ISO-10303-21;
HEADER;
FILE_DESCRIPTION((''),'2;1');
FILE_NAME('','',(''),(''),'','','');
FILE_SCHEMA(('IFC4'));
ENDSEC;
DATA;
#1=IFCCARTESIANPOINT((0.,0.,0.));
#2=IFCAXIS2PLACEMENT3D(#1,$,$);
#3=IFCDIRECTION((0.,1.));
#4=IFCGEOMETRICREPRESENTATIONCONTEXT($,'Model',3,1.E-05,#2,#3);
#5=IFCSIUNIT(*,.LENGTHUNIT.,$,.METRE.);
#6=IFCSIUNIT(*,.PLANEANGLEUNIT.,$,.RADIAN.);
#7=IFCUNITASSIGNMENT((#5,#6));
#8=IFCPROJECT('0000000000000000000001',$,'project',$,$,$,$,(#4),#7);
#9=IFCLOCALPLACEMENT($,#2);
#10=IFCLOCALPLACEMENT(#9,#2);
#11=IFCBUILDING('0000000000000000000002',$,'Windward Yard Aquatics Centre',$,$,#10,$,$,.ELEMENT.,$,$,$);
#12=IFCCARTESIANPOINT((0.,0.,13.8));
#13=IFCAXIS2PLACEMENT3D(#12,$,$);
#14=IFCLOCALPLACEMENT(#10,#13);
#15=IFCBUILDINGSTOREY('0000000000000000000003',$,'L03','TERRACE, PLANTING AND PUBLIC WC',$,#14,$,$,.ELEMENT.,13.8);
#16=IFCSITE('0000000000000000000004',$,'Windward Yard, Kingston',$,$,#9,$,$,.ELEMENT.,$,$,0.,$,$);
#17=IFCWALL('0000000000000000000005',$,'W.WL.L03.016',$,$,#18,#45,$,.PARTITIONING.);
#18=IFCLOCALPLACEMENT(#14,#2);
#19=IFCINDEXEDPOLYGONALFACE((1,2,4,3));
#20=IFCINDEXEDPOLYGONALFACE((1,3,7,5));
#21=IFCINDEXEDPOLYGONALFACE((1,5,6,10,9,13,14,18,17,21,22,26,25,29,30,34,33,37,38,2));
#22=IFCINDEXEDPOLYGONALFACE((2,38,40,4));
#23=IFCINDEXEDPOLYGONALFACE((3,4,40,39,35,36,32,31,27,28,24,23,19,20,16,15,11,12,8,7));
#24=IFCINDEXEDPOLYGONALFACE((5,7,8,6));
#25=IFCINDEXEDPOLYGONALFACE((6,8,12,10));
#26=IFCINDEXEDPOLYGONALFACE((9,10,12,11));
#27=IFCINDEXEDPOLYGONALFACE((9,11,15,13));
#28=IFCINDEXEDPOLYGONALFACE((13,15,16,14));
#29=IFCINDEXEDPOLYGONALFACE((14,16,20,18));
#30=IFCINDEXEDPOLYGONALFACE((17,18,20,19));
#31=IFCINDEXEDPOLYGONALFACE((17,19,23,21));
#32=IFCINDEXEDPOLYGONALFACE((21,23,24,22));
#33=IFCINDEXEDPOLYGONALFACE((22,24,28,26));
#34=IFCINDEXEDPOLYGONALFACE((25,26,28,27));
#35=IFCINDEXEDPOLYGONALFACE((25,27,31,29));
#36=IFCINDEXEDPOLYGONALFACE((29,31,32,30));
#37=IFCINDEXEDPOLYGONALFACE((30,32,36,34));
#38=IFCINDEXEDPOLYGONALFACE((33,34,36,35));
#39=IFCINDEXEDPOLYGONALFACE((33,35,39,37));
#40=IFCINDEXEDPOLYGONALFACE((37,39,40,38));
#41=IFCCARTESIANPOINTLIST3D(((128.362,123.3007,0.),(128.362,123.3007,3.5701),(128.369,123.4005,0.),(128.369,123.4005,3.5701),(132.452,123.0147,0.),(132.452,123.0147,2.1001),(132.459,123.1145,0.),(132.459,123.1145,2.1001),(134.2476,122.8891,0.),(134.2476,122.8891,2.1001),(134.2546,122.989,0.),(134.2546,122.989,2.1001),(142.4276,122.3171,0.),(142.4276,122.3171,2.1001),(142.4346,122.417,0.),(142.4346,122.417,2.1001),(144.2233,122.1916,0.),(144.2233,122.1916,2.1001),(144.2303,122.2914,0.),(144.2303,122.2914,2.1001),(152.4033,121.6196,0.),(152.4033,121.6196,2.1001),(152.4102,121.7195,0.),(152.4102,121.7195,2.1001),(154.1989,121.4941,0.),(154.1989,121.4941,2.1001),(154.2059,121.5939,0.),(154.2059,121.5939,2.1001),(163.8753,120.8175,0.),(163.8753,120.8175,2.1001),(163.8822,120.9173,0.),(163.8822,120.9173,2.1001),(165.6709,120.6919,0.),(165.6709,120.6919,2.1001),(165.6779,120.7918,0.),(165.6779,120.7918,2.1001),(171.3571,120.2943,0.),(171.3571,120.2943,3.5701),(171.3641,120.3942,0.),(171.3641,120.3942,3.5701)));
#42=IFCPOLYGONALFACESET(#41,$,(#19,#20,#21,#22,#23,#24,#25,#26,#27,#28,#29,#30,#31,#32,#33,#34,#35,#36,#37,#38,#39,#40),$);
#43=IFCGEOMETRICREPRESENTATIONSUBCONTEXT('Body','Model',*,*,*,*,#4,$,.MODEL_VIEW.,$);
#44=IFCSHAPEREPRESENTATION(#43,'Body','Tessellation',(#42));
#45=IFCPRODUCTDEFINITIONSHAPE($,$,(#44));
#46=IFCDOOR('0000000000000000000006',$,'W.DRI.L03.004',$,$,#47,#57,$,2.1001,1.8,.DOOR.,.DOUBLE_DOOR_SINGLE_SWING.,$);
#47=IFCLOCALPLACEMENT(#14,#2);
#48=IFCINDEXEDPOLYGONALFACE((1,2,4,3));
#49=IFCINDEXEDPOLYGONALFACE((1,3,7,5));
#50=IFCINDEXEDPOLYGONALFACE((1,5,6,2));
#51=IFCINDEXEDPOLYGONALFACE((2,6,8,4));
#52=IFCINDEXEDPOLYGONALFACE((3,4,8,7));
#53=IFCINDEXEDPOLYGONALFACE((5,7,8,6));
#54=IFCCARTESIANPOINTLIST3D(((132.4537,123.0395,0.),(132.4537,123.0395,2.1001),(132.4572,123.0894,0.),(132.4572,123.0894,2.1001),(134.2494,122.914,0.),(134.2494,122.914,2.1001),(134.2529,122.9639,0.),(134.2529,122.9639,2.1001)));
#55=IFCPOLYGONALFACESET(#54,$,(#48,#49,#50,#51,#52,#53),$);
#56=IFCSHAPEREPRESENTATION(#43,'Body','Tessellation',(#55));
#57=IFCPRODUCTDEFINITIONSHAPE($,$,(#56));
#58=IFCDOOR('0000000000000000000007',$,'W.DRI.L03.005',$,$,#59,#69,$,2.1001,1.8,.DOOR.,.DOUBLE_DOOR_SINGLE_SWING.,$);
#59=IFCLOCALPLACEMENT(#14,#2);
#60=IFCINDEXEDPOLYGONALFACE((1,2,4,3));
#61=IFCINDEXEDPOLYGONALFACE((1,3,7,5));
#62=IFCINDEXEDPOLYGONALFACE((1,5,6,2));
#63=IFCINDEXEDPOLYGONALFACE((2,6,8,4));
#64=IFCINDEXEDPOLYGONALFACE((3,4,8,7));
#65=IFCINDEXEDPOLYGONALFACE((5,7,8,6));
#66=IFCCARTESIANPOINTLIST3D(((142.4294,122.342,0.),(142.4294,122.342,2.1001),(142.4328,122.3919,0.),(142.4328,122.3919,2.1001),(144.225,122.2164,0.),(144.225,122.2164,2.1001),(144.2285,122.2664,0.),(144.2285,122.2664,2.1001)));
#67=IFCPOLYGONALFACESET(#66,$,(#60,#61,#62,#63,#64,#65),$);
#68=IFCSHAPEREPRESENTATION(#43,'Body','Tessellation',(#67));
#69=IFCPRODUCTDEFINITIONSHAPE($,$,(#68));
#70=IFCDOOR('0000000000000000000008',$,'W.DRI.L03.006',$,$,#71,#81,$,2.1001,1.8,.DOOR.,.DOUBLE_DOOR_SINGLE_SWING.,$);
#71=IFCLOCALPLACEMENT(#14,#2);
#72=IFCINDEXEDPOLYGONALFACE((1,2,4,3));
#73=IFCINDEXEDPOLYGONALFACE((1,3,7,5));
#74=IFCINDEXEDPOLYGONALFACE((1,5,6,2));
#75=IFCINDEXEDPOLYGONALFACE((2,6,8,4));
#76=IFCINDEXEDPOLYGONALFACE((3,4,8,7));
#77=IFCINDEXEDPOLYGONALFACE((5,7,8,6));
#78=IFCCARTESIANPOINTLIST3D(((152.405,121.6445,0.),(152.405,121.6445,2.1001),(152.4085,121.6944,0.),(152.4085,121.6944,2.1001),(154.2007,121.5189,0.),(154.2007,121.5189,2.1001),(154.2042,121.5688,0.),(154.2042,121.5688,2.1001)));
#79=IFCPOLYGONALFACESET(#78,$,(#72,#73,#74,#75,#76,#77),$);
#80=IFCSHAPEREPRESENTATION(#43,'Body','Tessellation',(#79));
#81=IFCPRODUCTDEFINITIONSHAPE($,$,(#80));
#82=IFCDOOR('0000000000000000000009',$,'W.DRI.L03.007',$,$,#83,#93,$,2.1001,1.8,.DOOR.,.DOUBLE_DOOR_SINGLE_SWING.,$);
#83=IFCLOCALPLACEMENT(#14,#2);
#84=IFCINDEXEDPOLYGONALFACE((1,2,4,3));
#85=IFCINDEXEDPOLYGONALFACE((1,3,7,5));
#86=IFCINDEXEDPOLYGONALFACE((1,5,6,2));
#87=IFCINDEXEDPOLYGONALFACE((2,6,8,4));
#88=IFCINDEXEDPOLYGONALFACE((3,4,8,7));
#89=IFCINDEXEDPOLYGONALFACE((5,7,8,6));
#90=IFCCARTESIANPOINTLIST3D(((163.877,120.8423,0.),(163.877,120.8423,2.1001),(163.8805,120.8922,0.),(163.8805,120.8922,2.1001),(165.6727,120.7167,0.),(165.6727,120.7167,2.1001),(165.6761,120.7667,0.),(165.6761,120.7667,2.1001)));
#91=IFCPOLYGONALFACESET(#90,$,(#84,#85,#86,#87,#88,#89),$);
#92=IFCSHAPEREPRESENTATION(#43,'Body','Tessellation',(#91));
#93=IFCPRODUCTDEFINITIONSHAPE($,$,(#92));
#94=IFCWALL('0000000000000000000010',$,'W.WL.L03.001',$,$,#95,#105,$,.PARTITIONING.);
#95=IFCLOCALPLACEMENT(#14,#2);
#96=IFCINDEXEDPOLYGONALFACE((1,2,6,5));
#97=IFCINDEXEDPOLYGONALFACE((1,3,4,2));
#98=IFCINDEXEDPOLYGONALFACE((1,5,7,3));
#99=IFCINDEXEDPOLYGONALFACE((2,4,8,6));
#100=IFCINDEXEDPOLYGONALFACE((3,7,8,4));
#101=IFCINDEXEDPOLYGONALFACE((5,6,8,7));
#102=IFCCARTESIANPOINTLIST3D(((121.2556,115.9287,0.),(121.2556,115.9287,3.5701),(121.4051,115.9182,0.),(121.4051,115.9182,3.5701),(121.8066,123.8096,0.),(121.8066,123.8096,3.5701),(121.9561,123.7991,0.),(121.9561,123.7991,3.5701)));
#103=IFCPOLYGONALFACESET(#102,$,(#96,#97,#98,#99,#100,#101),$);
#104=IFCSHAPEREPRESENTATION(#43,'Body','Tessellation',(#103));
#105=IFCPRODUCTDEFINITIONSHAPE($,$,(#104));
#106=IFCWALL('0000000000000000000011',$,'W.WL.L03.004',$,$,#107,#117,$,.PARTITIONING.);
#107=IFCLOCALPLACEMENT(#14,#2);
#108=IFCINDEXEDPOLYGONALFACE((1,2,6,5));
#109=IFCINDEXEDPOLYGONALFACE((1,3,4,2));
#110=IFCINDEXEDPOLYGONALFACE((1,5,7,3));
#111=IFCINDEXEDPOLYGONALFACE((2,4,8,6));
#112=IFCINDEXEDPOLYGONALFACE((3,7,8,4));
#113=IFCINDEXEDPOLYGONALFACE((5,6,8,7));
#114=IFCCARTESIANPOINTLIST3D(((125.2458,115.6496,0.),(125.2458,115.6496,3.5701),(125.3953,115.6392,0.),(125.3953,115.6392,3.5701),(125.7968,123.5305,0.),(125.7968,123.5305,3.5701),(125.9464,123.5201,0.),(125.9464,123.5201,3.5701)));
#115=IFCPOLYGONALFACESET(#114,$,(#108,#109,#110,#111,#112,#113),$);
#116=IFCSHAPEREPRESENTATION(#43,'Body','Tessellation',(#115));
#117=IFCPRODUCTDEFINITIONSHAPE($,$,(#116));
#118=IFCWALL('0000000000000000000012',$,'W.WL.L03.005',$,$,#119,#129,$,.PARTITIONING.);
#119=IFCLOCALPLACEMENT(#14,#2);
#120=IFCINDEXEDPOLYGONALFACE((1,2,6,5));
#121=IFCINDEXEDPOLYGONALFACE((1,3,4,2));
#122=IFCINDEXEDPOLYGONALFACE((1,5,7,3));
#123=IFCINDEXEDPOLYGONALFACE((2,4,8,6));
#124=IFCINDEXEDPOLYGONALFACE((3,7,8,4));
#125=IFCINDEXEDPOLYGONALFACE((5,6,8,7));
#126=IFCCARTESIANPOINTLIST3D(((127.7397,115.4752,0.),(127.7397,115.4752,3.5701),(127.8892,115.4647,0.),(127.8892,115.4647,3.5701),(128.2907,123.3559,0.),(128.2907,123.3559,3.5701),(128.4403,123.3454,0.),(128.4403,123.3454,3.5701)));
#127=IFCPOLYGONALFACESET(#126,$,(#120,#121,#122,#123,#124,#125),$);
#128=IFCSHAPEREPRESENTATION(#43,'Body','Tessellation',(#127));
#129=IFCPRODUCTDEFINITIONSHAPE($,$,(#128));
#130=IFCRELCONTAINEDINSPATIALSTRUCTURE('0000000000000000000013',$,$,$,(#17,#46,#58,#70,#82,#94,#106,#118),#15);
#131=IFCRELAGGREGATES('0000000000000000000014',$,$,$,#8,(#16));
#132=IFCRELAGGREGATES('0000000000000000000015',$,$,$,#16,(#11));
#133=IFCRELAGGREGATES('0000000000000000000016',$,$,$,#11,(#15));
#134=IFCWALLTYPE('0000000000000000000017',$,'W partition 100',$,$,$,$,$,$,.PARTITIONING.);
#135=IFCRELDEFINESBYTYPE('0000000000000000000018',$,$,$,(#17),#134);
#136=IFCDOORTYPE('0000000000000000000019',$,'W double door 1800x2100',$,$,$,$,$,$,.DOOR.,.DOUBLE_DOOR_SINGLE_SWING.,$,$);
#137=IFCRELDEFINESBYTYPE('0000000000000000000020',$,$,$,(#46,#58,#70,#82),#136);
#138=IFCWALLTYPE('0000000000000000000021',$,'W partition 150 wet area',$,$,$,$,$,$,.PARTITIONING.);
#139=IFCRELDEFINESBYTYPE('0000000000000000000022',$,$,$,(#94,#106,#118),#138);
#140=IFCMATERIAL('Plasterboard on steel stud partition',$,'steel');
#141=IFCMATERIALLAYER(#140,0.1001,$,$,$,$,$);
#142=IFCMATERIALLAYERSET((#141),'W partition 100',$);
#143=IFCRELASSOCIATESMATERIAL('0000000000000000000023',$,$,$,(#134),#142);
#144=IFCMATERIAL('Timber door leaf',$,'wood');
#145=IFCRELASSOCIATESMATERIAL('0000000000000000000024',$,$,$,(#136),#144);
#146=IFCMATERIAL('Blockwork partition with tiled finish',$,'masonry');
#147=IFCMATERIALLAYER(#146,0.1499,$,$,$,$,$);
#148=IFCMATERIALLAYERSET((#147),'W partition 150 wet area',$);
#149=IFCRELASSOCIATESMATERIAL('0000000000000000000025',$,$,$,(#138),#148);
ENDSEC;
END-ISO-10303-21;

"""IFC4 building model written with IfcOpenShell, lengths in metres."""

from ifc_helpers import new_model, si_unit, direction, frame, frame_2d, origin, place, context, subcontext, project, spatial, rectangle, extrude, material, layer, layer_set, type_object, element, fill, save


model = new_model("IFC4")

# Units and contexts
model_context = context("Model", 3, precision=1e-05, world=origin(), true_north=direction((0.0, 1.0)))
body_context = subcontext(model_context, "Body", "Model", "MODEL_VIEW")
ifc_project = project(units=[si_unit("LENGTHUNIT", "METRE"), si_unit("PLANEANGLEUNIT", "RADIAN")], contexts=[model_context])

# Site, building, storey
site_placement = place(None, origin())
site = spatial("IfcSite", under=ifc_project, at=site_placement, Name="Windward Yard, Kingston", CompositionType="ELEMENT", RefElevation=0.0)
building_placement = place(site_placement, origin())
building = spatial("IfcBuilding", under=site, at=building_placement, Name="Windward Yard Aquatics Centre", CompositionType="ELEMENT")
storey_placement = place(building_placement, frame((0.0, 0.0, 13.8)))
storey = spatial("IfcBuildingStorey", under=building, at=storey_placement, Name="L03", Description="TERRACE, PLANTING AND PUBLIC WC", CompositionType="ELEMENT", Elevation=13.8)

# Wall, openings, doors
ifc_material_1 = material(Name="Plasterboard on steel stud partition", Category="steel")
ifc_layer_1 = layer(ifc_material_1, 0.1001)
ifc_layer_set_1 = layer_set([ifc_layer_1], Name="W partition 100")
wall_type_1 = type_object("IfcWallType", Name="W partition 100", PredefinedType="PARTITIONING", material=ifc_layer_set_1)
wall_1_placement = place(storey_placement, frame((128.3655, 123.3506, 0.0), z_axis=(0.0, 0.0, 1.0), x_axis=(0.997564, -0.069753, 0.0)))
wall_1 = element("IfcWall", 1, at=wall_1_placement, inside=storey, type_object=wall_type_1, Name="W.WL.L03.016", PredefinedType="PARTITIONING", context=body_context, shape_type="SweptSolid", body=[
    extrude(rectangle(XDim=43.1001, YDim=0.1001, at=frame_2d((21.55, 0.0))), origin(), (0.0, 0.0, 1.0), 3.5701),
])
opening_1_placement = place(wall_1_placement, frame((4.1001, 0.0, 0.0)))
opening_1 = element("IfcOpeningElement", 2, at=opening_1_placement, cuts=wall_1, PredefinedType="OPENING", context=body_context, shape_type="SweptSolid", body=[
    extrude(rectangle(XDim=1.8, YDim=2.1001, at=frame_2d((0.8999, 1.05))), frame((0.0, 0.0601, 0.0), z_axis=(0.0, -1.0, 0.0), x_axis=(1.0, 0.0, 0.0)), (0.0, 0.0, 1.0), 0.1201),
])
opening_2_placement = place(wall_1_placement, frame((14.1001, 0.0, 0.0)))
opening_2 = element("IfcOpeningElement", 3, at=opening_2_placement, cuts=wall_1, PredefinedType="OPENING", context=body_context, shape_type="SweptSolid", body=[
    extrude(rectangle(XDim=1.8, YDim=2.1001, at=frame_2d((0.8999, 1.05))), frame((0.0, 0.0601, 0.0), z_axis=(0.0, -1.0, 0.0), x_axis=(1.0, 0.0, 0.0)), (0.0, 0.0, 1.0), 0.1201),
])
opening_3_placement = place(wall_1_placement, frame((24.1001, 0.0, 0.0)))
opening_3 = element("IfcOpeningElement", 4, at=opening_3_placement, cuts=wall_1, PredefinedType="OPENING", context=body_context, shape_type="SweptSolid", body=[
    extrude(rectangle(XDim=1.8, YDim=2.1001, at=frame_2d((0.8999, 1.05))), frame((0.0, 0.0601, 0.0), z_axis=(0.0, -1.0, 0.0), x_axis=(1.0, 0.0, 0.0)), (0.0, 0.0, 1.0), 0.1201),
])
opening_4_placement = place(wall_1_placement, frame((35.6001, 0.0, 0.0)))
opening_4 = element("IfcOpeningElement", 5, at=opening_4_placement, cuts=wall_1, PredefinedType="OPENING", context=body_context, shape_type="SweptSolid", body=[
    extrude(rectangle(XDim=1.8, YDim=2.1001, at=frame_2d((0.8999, 1.05))), frame((0.0, 0.0601, 0.0), z_axis=(0.0, -1.0, 0.0), x_axis=(1.0, 0.0, 0.0)), (0.0, 0.0, 1.0), 0.1201),
])
ifc_material_2 = material(Name="Timber door leaf", Category="wood")
door_type = type_object("IfcDoorType", Name="W double door 1800x2100", OperationType="DOUBLE_DOOR_SINGLE_SWING", PredefinedType="DOOR", material=ifc_material_2)
door_1_placement = place(opening_1_placement, origin())
door_1 = element("IfcDoor", 6, at=door_1_placement, inside=storey, type_object=door_type, Name="W.DRI.L03.004", OperationType="DOUBLE_DOOR_SINGLE_SWING", OverallHeight=2.1001, OverallWidth=1.8, PredefinedType="DOOR", context=body_context, shape_type="SweptSolid", body=[
    extrude(rectangle(XDim=1.8, YDim=2.1001, at=frame_2d((0.8999, 1.05))), frame((0.0, 0.0249, 0.0), z_axis=(0.0, -1.0, 0.0), x_axis=(1.0, 0.0, 0.0)), (0.0, 0.0, 1.0), 0.05),
])
fill(opening_1, door_1)
door_2_placement = place(opening_2_placement, origin())
door_2 = element("IfcDoor", 7, at=door_2_placement, inside=storey, type_object=door_type, Name="W.DRI.L03.005", OperationType="DOUBLE_DOOR_SINGLE_SWING", OverallHeight=2.1001, OverallWidth=1.8, PredefinedType="DOOR", context=body_context, shape_type="SweptSolid", body=[
    extrude(rectangle(XDim=1.8, YDim=2.1001, at=frame_2d((0.8999, 1.05))), frame((0.0, 0.0249, 0.0), z_axis=(0.0, -1.0, 0.0), x_axis=(1.0, 0.0, 0.0)), (0.0, 0.0, 1.0), 0.05),
])
fill(opening_2, door_2)
door_3_placement = place(opening_3_placement, origin())
door_3 = element("IfcDoor", 8, at=door_3_placement, inside=storey, type_object=door_type, Name="W.DRI.L03.006", OperationType="DOUBLE_DOOR_SINGLE_SWING", OverallHeight=2.1001, OverallWidth=1.8, PredefinedType="DOOR", context=body_context, shape_type="SweptSolid", body=[
    extrude(rectangle(XDim=1.8, YDim=2.1001, at=frame_2d((0.8999, 1.05))), frame((0.0, 0.0249, 0.0), z_axis=(0.0, -1.0, 0.0), x_axis=(1.0, 0.0, 0.0)), (0.0, 0.0, 1.0), 0.05),
])
fill(opening_3, door_3)
door_4_placement = place(opening_4_placement, origin())
door_4 = element("IfcDoor", 9, at=door_4_placement, inside=storey, type_object=door_type, Name="W.DRI.L03.007", OperationType="DOUBLE_DOOR_SINGLE_SWING", OverallHeight=2.1001, OverallWidth=1.8, PredefinedType="DOOR", context=body_context, shape_type="SweptSolid", body=[
    extrude(rectangle(XDim=1.8, YDim=2.1001, at=frame_2d((0.8999, 1.05))), frame((0.0, 0.0249, 0.0), z_axis=(0.0, -1.0, 0.0), x_axis=(1.0, 0.0, 0.0)), (0.0, 0.0, 1.0), 0.05),
])
fill(opening_4, door_4)

# Walls
ifc_material_3 = material(Name="Blockwork partition with tiled finish", Category="masonry")
ifc_layer_2 = layer(ifc_material_3, 0.1499)
ifc_layer_set_2 = layer_set([ifc_layer_2], Name="W partition 150 wet area")
wall_type_2 = type_object("IfcWallType", Name="W partition 150 wet area", PredefinedType="PARTITIONING", material=ifc_layer_set_2)
for number, where, z_axis, x_axis, name in (
    (10, (121.3303, 115.9233, 0.0), (0.0, 0.0, 1.0), (0.069749, 0.997565, 0.0), "W.WL.L03.001"),
    (11, (125.3206, 115.6443, 0.0), (0.0, 0.0, 1.0), (0.069749, 0.997565, 0.0), "W.WL.L03.004"),
):
    element("IfcWall", number, at=place(storey_placement, frame(where, z_axis=z_axis, x_axis=x_axis)), inside=storey, type_object=wall_type_2, Name=name, PredefinedType="PARTITIONING", context=body_context, shape_type="SweptSolid", body=[
        extrude(rectangle(XDim=7.9001, YDim=0.1499, at=frame_2d((3.9502, 0.0))), origin(), (0.0, 0.0, 1.0), 3.5701),
    ])
wall_2_placement = place(storey_placement, frame((127.8145, 115.47, 0.0), z_axis=(0.0, 0.0, 1.0), x_axis=(0.069751, 0.997564, 0.0)))
element("IfcWall", 12, at=wall_2_placement, inside=storey, type_object=wall_type_2, Name="W.WL.L03.005", PredefinedType="PARTITIONING", context=body_context, shape_type="SweptSolid", body=[
    extrude(rectangle(XDim=7.8999, YDim=0.1499, at=frame_2d((3.95, 0.0))), origin(), (0.0, 0.0, 1.0), 3.5701),
])

save(model, "model.ifc")
